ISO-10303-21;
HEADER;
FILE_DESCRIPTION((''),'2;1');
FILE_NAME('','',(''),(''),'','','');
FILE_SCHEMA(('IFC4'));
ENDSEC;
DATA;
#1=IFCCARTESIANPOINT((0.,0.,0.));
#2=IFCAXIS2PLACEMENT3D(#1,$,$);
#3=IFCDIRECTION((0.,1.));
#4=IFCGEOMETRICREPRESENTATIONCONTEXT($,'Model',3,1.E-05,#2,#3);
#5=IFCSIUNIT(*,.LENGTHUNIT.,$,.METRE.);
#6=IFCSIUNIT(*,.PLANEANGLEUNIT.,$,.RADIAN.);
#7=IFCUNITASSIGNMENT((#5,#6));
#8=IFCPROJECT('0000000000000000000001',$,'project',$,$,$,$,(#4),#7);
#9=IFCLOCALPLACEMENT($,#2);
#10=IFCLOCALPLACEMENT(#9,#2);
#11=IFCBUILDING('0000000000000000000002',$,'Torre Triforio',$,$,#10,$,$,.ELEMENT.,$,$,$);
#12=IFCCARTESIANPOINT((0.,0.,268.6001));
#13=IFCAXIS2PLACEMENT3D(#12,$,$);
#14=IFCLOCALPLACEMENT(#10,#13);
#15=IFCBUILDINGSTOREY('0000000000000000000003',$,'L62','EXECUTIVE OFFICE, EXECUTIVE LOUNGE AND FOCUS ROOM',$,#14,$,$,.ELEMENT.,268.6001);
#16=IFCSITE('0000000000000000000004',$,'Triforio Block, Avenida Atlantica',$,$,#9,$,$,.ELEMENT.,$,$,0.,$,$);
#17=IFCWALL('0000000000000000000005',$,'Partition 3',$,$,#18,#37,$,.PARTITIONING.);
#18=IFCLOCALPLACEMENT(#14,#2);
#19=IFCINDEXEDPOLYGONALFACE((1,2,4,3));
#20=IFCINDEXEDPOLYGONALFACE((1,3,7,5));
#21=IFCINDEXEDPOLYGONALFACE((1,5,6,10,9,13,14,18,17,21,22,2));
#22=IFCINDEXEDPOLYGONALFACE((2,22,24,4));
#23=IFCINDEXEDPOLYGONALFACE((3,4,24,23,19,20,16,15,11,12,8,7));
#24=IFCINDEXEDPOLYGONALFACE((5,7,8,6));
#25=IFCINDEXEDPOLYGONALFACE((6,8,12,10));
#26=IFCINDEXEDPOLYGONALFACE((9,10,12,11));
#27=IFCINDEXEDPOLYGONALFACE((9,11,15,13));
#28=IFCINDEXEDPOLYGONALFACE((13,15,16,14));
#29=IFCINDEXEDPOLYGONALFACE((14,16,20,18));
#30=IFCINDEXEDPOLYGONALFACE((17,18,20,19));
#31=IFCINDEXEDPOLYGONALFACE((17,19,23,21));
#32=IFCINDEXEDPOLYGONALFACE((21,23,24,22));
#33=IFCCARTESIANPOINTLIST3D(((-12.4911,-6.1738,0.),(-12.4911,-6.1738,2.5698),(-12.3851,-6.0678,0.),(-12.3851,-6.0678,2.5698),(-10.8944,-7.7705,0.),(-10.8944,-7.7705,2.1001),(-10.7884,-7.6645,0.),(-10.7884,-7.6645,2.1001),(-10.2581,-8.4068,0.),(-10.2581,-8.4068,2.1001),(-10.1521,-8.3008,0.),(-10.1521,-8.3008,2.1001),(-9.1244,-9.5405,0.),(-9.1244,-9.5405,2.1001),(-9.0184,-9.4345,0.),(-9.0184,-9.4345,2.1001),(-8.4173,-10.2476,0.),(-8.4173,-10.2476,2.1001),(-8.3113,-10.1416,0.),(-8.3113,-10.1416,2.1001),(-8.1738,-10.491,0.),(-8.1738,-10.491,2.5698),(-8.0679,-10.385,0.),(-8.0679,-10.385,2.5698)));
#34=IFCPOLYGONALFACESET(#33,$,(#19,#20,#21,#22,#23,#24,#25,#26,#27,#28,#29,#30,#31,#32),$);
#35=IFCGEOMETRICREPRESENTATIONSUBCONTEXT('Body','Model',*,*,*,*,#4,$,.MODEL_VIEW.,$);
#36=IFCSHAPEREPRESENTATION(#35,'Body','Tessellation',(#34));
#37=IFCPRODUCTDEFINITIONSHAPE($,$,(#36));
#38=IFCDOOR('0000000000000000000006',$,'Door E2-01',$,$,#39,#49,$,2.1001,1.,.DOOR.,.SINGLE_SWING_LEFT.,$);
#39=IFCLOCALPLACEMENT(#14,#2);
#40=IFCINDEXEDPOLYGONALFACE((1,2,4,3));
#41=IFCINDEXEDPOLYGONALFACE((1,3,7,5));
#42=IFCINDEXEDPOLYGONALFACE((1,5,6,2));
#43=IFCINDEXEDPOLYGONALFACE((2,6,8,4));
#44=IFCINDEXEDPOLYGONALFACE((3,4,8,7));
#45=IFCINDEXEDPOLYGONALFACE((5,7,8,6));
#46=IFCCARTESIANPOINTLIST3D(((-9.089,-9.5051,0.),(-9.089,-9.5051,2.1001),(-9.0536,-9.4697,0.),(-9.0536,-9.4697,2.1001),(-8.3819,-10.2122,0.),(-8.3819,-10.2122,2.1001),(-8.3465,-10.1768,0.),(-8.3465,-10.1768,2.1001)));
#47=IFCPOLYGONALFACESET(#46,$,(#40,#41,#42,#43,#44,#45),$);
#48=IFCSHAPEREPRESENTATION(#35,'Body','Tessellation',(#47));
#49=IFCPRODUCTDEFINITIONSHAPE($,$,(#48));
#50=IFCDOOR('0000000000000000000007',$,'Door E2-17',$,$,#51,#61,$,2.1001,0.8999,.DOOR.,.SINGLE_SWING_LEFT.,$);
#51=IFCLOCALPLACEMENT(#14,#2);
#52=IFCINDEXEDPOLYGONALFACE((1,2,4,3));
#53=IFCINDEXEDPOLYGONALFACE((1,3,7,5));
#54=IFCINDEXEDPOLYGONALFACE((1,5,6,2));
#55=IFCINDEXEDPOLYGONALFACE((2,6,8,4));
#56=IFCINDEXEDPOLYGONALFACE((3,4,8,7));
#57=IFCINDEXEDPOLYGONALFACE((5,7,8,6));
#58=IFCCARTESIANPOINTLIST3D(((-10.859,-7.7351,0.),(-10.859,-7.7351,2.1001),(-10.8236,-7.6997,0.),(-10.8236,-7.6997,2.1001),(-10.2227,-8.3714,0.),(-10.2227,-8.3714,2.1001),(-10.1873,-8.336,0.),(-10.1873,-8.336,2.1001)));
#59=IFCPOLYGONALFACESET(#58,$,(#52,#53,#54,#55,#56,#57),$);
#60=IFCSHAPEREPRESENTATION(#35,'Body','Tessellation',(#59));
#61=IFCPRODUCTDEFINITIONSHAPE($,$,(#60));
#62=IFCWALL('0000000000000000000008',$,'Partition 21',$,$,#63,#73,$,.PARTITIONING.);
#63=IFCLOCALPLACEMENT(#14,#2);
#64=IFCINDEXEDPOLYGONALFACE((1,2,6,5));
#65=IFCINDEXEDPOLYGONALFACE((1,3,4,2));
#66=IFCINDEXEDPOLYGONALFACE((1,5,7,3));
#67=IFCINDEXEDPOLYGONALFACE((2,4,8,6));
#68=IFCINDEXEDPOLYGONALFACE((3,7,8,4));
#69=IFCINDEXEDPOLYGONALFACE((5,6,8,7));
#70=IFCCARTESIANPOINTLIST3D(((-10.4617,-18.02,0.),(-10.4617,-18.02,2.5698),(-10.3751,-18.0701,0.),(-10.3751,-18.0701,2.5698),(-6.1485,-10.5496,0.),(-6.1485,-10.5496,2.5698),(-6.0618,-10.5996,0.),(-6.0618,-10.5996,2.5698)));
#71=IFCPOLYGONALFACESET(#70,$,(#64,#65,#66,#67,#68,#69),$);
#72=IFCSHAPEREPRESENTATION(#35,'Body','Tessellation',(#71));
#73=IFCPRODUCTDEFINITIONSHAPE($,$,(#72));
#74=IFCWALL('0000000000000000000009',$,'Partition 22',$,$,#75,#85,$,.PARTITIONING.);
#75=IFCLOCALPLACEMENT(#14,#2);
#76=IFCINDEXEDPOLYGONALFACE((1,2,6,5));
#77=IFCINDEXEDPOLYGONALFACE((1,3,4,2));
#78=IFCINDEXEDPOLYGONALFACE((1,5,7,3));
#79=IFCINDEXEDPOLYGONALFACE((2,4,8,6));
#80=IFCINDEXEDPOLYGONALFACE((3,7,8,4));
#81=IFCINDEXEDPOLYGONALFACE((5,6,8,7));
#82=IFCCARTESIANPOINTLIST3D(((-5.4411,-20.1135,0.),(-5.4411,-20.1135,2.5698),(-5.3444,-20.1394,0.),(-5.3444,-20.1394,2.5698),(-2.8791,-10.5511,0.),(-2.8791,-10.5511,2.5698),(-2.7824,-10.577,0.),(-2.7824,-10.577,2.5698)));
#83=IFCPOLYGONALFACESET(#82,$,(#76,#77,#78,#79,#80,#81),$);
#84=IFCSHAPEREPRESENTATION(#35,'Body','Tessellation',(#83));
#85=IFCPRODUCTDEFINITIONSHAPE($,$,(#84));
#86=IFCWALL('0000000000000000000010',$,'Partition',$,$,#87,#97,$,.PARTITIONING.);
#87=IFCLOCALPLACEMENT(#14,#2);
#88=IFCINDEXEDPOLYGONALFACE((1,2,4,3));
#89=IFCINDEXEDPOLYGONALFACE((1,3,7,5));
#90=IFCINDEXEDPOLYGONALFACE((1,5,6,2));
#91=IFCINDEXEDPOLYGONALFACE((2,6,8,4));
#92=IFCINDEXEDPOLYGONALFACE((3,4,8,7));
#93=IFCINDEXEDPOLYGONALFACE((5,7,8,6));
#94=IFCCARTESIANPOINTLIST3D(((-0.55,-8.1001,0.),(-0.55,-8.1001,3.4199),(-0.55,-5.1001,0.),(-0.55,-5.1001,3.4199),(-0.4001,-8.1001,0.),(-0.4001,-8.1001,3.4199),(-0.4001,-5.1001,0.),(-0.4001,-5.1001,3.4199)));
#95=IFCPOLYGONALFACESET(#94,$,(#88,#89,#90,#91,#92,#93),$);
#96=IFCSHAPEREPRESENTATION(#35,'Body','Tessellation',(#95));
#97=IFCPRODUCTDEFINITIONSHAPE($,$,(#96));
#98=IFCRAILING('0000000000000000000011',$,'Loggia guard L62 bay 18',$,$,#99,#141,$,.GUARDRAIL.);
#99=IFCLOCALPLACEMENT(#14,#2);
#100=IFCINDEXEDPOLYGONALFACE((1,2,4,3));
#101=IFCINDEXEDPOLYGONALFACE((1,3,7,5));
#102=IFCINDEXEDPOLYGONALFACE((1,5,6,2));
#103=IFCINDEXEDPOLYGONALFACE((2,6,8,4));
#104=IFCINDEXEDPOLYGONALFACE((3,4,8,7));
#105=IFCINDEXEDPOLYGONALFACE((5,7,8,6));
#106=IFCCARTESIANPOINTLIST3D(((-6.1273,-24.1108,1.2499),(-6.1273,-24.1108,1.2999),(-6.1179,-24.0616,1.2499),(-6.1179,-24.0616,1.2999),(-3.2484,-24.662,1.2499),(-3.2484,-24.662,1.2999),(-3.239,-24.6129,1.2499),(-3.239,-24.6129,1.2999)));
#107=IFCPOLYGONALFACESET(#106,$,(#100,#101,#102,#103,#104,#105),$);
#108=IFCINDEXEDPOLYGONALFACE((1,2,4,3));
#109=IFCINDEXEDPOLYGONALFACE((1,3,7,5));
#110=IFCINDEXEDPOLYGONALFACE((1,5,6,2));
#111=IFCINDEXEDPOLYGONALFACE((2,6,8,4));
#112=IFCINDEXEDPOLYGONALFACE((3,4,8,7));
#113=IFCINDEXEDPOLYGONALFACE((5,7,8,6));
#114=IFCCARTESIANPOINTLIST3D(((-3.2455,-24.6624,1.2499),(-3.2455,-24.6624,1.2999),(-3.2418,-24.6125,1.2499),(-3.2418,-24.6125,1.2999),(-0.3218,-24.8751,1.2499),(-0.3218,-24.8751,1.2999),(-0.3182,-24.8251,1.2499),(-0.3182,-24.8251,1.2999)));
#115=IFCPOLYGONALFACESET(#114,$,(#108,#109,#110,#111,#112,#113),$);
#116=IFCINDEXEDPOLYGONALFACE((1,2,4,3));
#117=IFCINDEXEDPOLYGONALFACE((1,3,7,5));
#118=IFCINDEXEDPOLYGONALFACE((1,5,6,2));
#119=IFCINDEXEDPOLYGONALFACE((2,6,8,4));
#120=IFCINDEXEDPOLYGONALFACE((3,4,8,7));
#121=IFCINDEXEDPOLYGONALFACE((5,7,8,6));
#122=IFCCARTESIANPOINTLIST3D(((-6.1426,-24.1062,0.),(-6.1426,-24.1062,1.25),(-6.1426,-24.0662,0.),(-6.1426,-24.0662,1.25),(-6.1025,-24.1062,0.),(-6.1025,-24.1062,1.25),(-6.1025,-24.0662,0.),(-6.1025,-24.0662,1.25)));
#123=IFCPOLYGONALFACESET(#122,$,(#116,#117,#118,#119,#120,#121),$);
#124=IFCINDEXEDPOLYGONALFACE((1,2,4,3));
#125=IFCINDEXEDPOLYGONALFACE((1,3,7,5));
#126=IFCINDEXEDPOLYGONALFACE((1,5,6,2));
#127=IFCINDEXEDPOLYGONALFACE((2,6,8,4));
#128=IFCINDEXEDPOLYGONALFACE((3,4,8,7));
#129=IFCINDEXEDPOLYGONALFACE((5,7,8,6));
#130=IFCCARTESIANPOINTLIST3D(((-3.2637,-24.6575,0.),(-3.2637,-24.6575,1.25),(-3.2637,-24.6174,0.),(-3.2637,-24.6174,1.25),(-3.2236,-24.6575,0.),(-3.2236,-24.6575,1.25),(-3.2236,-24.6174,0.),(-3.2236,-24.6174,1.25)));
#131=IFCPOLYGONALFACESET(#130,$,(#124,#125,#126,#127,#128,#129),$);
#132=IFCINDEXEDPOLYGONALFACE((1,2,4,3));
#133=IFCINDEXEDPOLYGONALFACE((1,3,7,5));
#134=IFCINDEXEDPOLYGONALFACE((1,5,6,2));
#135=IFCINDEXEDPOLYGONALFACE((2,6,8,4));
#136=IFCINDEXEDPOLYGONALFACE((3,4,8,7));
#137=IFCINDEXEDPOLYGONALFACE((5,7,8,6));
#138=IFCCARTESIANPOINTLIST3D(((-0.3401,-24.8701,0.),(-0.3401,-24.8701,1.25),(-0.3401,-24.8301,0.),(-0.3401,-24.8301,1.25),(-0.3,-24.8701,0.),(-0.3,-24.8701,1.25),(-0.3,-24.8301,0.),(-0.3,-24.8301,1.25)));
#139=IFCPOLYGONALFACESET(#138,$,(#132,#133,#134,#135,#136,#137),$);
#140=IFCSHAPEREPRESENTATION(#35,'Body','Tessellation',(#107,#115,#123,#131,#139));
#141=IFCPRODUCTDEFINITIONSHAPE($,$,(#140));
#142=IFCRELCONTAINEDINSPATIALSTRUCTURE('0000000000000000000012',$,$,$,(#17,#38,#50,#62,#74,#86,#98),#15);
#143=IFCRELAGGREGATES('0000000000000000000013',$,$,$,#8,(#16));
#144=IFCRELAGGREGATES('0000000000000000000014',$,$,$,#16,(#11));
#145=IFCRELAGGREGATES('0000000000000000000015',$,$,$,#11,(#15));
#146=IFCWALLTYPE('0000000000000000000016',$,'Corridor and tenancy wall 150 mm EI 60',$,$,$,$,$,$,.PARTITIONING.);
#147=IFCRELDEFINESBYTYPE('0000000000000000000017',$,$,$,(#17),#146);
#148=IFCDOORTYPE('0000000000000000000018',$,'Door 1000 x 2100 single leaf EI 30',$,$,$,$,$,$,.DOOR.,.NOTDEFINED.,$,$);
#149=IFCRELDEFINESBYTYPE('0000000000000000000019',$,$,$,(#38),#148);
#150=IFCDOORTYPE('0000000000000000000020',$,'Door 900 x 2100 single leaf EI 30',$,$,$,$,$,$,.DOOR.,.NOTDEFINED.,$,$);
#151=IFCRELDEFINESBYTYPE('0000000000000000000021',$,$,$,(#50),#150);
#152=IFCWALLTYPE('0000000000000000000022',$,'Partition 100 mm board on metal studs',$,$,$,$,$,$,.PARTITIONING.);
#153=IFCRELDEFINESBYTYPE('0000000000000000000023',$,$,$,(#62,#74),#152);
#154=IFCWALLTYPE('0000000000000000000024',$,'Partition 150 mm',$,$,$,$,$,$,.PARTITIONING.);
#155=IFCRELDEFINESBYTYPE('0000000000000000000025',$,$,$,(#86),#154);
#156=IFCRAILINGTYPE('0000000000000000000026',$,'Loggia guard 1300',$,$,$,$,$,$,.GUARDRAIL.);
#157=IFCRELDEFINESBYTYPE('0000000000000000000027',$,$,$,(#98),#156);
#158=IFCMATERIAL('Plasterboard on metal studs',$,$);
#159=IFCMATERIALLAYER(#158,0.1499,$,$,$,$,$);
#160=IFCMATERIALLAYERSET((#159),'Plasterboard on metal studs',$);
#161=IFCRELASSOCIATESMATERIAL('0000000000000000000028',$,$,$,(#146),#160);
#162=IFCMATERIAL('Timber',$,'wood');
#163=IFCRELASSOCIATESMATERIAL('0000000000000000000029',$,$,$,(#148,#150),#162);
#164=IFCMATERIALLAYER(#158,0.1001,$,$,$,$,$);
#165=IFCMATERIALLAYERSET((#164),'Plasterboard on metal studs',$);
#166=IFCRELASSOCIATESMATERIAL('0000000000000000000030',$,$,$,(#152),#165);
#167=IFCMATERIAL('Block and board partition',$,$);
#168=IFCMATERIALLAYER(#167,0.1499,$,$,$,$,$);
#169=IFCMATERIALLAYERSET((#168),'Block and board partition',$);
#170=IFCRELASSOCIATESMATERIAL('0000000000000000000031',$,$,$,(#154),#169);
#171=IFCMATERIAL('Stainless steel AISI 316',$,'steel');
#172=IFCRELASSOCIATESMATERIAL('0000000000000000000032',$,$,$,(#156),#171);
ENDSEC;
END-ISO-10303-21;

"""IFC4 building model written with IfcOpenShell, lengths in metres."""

from ifc_helpers import new_model, si_unit, direction, frame, frame_2d, origin, origin_2d, place, context, subcontext, project, spatial, rectangle, extrude, material, layer, layer_set, type_object, element, fill, save


model = new_model("IFC4")

# Units and contexts
model_context = context("Model", 3, precision=1e-05, world=origin(), true_north=direction((0.0, 1.0)))
body_context = subcontext(model_context, "Body", "Model", "MODEL_VIEW")
ifc_project = project(units=[si_unit("LENGTHUNIT", "METRE"), si_unit("PLANEANGLEUNIT", "RADIAN")], contexts=[model_context])

# Site, building, storey
site_placement = place(None, origin())
site = spatial("IfcSite", under=ifc_project, at=site_placement, Name="Triforio Block, Avenida Atlantica", CompositionType="ELEMENT", RefElevation=0.0)
building_placement = place(site_placement, origin())
building = spatial("IfcBuilding", under=site, at=building_placement, Name="Torre Triforio", CompositionType="ELEMENT")
storey_placement = place(building_placement, frame((0.0, 0.0, 268.6001)))
storey = spatial("IfcBuildingStorey", under=building, at=storey_placement, Name="L62", Description="EXECUTIVE OFFICE, EXECUTIVE LOUNGE AND FOCUS ROOM", CompositionType="ELEMENT", Elevation=268.6001)

# Wall, openings, doors
ifc_material_1 = material(Name="Plasterboard on metal studs")
ifc_layer_1 = layer(ifc_material_1, 0.1499)
ifc_layer_set_1 = layer_set([ifc_layer_1], Name="Plasterboard on metal studs")
wall_type_1 = type_object("IfcWallType", Name="Corridor and tenancy wall 150 mm EI 60", PredefinedType="PARTITIONING", material=ifc_layer_set_1)
wall_1_placement = place(storey_placement, frame((-8.1208, -10.438, 0.0), z_axis=(0.0, 0.0, 1.0), x_axis=(-0.707107, 0.707107, 0.0)))
wall_1 = element("IfcWall", 1, at=wall_1_placement, inside=storey, type_object=wall_type_1, Name="Partition 3", PredefinedType="PARTITIONING", context=body_context, shape_type="SweptSolid", body=[
    extrude(rectangle(XDim=6.1055, YDim=0.1499, at=frame_2d((3.0527, 0.0))), origin(), (0.0, 0.0, 1.0), 2.5698),
])
opening_1_placement = place(wall_1_placement, frame((0.3442, 0.0, 0.0)))
opening_1 = element("IfcOpeningElement", 2, at=opening_1_placement, cuts=wall_1, PredefinedType="OPENING", context=body_context, shape_type="SweptSolid", body=[
    extrude(rectangle(XDim=1.0, YDim=2.1001, at=frame_2d((0.5, 1.05))), frame((0.0, 0.085, 0.0), z_axis=(0.0, -1.0, 0.0), x_axis=(1.0, 0.0, 0.0)), (0.0, 0.0, 1.0), 0.1699),
])
opening_2_placement = place(wall_1_placement, frame((2.9475, 0.0, 0.0)))
opening_2 = element("IfcOpeningElement", 3, at=opening_2_placement, cuts=wall_1, PredefinedType="OPENING", context=body_context, shape_type="SweptSolid", body=[
    extrude(rectangle(XDim=0.8999, YDim=2.1001, at=frame_2d((0.45, 1.05))), frame((0.0, 0.085, 0.0), z_axis=(0.0, -1.0, 0.0), x_axis=(1.0, 0.0, 0.0)), (0.0, 0.0, 1.0), 0.1699),
])
ifc_material_2 = material(Name="Timber", Category="wood")
door_type_1 = type_object("IfcDoorType", Name="Door 1000 x 2100 single leaf EI 30", OperationType="NOTDEFINED", PredefinedType="DOOR", material=ifc_material_2)
door_1_placement = place(opening_1_placement, origin())
door_1 = element("IfcDoor", 4, at=door_1_placement, inside=storey, type_object=door_type_1, Name="Door E2-01", OperationType="SINGLE_SWING_LEFT", OverallHeight=2.1001, OverallWidth=1.0, PredefinedType="DOOR", context=body_context, shape_type="SweptSolid", body=[
    extrude(rectangle(XDim=1.0, YDim=2.1001, at=frame_2d((0.5, 1.05))), frame((0.0, 0.0249, 0.0), z_axis=(0.0, -1.0, 0.0), x_axis=(1.0, 0.0, 0.0)), (0.0, 0.0, 1.0), 0.05),
])
fill(opening_1, door_1)
door_type_2 = type_object("IfcDoorType", Name="Door 900 x 2100 single leaf EI 30", OperationType="NOTDEFINED", PredefinedType="DOOR", material=ifc_material_2)
door_2_placement = place(opening_2_placement, origin())
door_2 = element("IfcDoor", 5, at=door_2_placement, inside=storey, type_object=door_type_2, Name="Door E2-17", OperationType="SINGLE_SWING_LEFT", OverallHeight=2.1001, OverallWidth=0.8999, PredefinedType="DOOR", context=body_context, shape_type="SweptSolid", body=[
    extrude(rectangle(XDim=0.8999, YDim=2.1001, at=frame_2d((0.45, 1.05))), frame((0.0, 0.0249, 0.0), z_axis=(0.0, -1.0, 0.0), x_axis=(1.0, 0.0, 0.0)), (0.0, 0.0, 1.0), 0.05),
])
fill(opening_2, door_2)

# Walls
ifc_layer_2 = layer(ifc_material_1, 0.1001)
ifc_layer_set_2 = layer_set([ifc_layer_2], Name="Plasterboard on metal studs")
wall_type_2 = type_object("IfcWallType", Name="Partition 100 mm board on metal studs", PredefinedType="PARTITIONING", material=ifc_layer_set_2)
wall_2_placement = place(storey_placement, frame((-6.1052, -10.5747, 0.0), z_axis=(0.0, 0.0, 1.0), x_axis=(-0.500014, -0.866017, 0.0)))
element("IfcWall", 6, at=wall_2_placement, inside=storey, type_object=wall_type_2, Name="Partition 21", PredefinedType="PARTITIONING", context=body_context, shape_type="SweptSolid", body=[
    extrude(rectangle(XDim=8.6262, YDim=0.1001, at=frame_2d((4.313, 0.0))), origin(), (0.0, 0.0, 1.0), 2.5698),
])
wall_3_placement = place(storey_placement, frame((-2.8308, -10.5642, 0.0), z_axis=(0.0, 0.0, 1.0), x_axis=(-0.258795, -0.965932, 0.0)))
element("IfcWall", 7, at=wall_3_placement, inside=storey, type_object=wall_type_2, Name="Partition 22", PredefinedType="PARTITIONING", context=body_context, shape_type="SweptSolid", body=[
    extrude(rectangle(XDim=9.8997, YDim=0.1001, at=frame_2d((4.9497, 0.0))), origin(), (0.0, 0.0, 1.0), 2.5698),
])
ifc_material_3 = material(Name="Block and board partition")
ifc_layer_3 = layer(ifc_material_3, 0.1499)
ifc_layer_set_3 = layer_set([ifc_layer_3], Name="Block and board partition")
wall_type_3 = type_object("IfcWallType", Name="Partition 150 mm", PredefinedType="PARTITIONING", material=ifc_layer_set_3)
wall_4_placement = place(storey_placement, frame((-0.4751, -8.1001, 0.0), z_axis=(0.0, 0.0, 1.0), x_axis=(0.0, 1.0, 0.0)))
element("IfcWall", 8, at=wall_4_placement, inside=storey, type_object=wall_type_3, Name="Partition", PredefinedType="PARTITIONING", context=body_context, shape_type="SweptSolid", body=[
    extrude(rectangle(XDim=3.0, YDim=0.1499, at=frame_2d((1.5, 0.0))), origin(), (0.0, 0.0, 1.0), 3.4199),
])

# Railing
ifc_material_4 = material(Name="Stainless steel AISI 316", Category="steel")
railing_type = type_object("IfcRailingType", Name="Loggia guard 1300", PredefinedType="GUARDRAIL", material=ifc_material_4)
railing_placement = place(storey_placement, frame((-6.1226, -24.0862, 0.0)))
element("IfcRailing", 9, at=railing_placement, inside=storey, type_object=railing_type, Name="Loggia guard L62 bay 18", PredefinedType="GUARDRAIL", context=body_context, shape_type="SweptSolid", body=[
    extrude(rectangle(XDim=0.05, YDim=0.05, at=origin_2d()), frame((0.0, 0.0, 1.2749), z_axis=(0.982156, -0.188069, 0.0), x_axis=(0.188069, 0.982156, 0.0)), (0.0, 0.0, 1.0), 2.9312),
    extrude(rectangle(XDim=0.05, YDim=0.05, at=origin_2d()), frame((2.8789, -0.5513, 1.2749), z_axis=(0.997365, -0.072543, 0.0), x_axis=(0.072543, 0.997365, 0.0)), (0.0, 0.0, 1.0), 2.9314),
    extrude(rectangle(XDim=0.04, YDim=0.04, at=origin_2d()), origin(), (0.0, 0.0, 1.0), 1.25),
    extrude(rectangle(XDim=0.04, YDim=0.04, at=origin_2d()), frame((2.8789, -0.5513, 0.0)), (0.0, 0.0, 1.0), 1.25),
    extrude(rectangle(XDim=0.04, YDim=0.04, at=origin_2d()), frame((5.8025, -0.7639, 0.0)), (0.0, 0.0, 1.0), 1.25),
])

save(model, "model.ifc")
